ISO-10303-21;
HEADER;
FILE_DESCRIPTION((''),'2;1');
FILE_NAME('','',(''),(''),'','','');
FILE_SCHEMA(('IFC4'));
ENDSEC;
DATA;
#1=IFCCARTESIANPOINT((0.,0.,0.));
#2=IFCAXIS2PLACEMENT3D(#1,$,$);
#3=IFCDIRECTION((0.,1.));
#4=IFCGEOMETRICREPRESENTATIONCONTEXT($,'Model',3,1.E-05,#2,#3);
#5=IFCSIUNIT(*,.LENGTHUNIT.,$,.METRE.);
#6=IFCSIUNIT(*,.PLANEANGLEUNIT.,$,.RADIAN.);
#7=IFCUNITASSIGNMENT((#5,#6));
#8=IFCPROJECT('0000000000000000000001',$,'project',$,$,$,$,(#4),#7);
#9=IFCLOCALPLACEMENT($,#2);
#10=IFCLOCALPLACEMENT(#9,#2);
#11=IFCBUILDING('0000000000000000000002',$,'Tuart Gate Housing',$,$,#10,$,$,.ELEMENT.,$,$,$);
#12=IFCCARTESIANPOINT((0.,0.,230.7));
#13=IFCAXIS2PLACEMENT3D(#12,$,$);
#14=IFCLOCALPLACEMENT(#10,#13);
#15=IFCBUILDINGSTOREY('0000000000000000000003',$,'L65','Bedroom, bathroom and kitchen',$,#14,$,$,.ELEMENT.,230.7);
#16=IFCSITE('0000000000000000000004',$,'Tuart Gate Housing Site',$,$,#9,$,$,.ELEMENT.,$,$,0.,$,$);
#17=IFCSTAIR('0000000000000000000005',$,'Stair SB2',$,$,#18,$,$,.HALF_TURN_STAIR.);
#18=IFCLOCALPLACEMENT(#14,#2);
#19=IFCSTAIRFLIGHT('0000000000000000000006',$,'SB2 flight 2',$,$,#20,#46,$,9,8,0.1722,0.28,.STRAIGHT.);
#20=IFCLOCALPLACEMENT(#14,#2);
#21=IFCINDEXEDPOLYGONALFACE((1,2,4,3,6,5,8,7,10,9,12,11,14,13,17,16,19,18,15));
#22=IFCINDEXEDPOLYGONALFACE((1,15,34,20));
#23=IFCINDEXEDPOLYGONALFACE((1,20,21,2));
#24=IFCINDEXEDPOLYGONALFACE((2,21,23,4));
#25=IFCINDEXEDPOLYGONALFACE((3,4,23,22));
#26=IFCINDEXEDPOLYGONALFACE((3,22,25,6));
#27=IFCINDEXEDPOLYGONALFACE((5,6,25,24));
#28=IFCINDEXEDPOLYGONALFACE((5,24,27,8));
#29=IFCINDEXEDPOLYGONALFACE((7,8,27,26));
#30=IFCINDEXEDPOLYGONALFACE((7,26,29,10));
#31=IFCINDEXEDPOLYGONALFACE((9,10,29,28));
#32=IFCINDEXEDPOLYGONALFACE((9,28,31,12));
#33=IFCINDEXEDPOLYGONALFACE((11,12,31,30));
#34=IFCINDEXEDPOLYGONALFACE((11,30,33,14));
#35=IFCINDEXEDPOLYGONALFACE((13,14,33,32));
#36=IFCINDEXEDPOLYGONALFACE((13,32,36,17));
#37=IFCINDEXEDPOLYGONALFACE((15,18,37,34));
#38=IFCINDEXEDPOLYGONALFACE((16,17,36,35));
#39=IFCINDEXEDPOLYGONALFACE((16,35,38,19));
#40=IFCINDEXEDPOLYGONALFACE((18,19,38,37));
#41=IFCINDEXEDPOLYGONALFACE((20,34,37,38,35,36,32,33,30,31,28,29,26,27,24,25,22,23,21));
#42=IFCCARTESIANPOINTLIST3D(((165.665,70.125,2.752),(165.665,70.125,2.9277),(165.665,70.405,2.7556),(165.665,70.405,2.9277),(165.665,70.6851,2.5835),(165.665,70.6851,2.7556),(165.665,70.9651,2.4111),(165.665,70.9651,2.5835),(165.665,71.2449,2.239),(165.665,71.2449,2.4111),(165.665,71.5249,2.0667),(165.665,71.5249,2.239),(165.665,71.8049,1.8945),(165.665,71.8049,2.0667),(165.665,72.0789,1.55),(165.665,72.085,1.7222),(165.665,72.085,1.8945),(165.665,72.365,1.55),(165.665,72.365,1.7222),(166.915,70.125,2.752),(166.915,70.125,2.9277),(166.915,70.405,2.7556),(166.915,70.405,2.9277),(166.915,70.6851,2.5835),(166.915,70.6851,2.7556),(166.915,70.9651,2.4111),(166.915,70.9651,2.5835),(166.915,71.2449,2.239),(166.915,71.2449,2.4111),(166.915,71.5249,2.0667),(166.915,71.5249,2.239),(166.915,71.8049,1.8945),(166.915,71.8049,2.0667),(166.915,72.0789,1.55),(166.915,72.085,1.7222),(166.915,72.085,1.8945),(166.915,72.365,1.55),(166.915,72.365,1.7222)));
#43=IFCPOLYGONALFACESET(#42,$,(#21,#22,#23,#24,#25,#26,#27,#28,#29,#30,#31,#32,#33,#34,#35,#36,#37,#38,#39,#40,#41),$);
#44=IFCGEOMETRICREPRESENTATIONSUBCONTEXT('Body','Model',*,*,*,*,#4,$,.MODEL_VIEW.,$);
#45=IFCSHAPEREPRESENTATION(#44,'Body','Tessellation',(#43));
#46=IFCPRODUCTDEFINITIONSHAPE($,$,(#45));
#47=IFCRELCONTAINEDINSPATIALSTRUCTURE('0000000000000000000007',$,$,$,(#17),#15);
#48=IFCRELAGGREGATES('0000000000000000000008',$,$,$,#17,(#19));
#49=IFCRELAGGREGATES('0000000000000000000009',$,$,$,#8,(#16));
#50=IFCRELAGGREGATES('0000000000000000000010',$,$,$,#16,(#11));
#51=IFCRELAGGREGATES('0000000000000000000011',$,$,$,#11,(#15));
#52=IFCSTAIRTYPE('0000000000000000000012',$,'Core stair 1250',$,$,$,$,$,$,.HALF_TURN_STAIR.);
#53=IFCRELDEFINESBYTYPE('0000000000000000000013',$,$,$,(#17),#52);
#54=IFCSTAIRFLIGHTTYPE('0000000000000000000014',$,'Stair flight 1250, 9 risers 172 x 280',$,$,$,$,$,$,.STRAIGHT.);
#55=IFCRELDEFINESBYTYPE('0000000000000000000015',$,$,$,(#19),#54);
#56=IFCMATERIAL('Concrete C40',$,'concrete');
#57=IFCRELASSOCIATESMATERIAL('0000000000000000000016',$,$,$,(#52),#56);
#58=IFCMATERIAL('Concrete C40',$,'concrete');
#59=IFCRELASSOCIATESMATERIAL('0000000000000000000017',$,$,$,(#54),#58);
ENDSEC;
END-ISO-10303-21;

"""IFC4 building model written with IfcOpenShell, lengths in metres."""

from ifc_helpers import new_model, si_unit, direction, frame, origin, place, context, subcontext, project, spatial, polyline, outline, extrude, material, type_object, element, aggregate, save


model = new_model("IFC4")

# Units and contexts
model_context = context("Model", 3, precision=1e-05, world=origin(), true_north=direction((0.0, 1.0)))
body_context = subcontext(model_context, "Body", "Model", "MODEL_VIEW")
ifc_project = project(units=[si_unit("LENGTHUNIT", "METRE"), si_unit("PLANEANGLEUNIT", "RADIAN")], contexts=[model_context])

# Site, building, storey
site_placement = place(None, origin())
site = spatial("IfcSite", under=ifc_project, at=site_placement, Name="Tuart Gate Housing Site", CompositionType="ELEMENT", RefElevation=0.0)
building_placement = place(site_placement, origin())
building = spatial("IfcBuilding", under=site, at=building_placement, Name="Tuart Gate Housing", CompositionType="ELEMENT")
storey_placement = place(building_placement, frame((0.0, 0.0, 230.7)))
storey = spatial("IfcBuildingStorey", under=building, at=storey_placement, Name="L65", Description="Bedroom, bathroom and kitchen", CompositionType="ELEMENT", Elevation=230.7)

# Stair, stair flight
ifc_material_1 = material(Name="Concrete C40", Category="concrete")
stair_type = type_object("IfcStairType", Name="Core stair 1250", PredefinedType="HALF_TURN_STAIR", material=ifc_material_1)
stair_placement = place(storey_placement, origin())
stair = element("IfcStair", 1, at=stair_placement, inside=storey, type_object=stair_type, Name="Stair SB2", PredefinedType="HALF_TURN_STAIR")
ifc_material_2 = material(Name="Concrete C40", Category="concrete")
stair_flight_type = type_object("IfcStairFlightType", Name="Stair flight 1250, 9 risers 172 x 280", PredefinedType="STRAIGHT", material=ifc_material_2)
stair_flight_placement = place(storey_placement, frame((166.29, 72.365, 1.55), z_axis=(0.0, 0.0, 1.0), x_axis=(0.0, -1.0, 0.0)))
stair_flight = element("IfcStairFlight", 2, at=stair_flight_placement, type_object=stair_flight_type, Name="SB2 flight 2", NumberOfRisers=9, NumberOfTreads=8, PredefinedType="STRAIGHT", RiserHeight=0.1722, TreadLength=0.28, context=body_context, shape_type="SweptSolid", body=[
    extrude(outline(polyline([(0.0, 0.0), (0.0, 0.1721), (0.28, 0.1721), (0.28, 0.3445), (0.5601, 0.3445), (0.5601, 0.5166), (0.8401, 0.5166), (0.8401, 0.689), (1.1201, 0.689), (1.1201, 0.8611), (1.3999, 0.8611), (1.3999, 1.0334), (1.6799, 1.0334), (1.6799, 1.2056), (1.96, 1.2056), (1.96, 1.3777), (2.24, 1.3777), (2.24, 1.55), (2.24, 1.2019), (0.2861, 0.0), (0.0, 0.0)])), frame((0.0, 0.625, 0.0), z_axis=(0.0, -1.0, 0.0), x_axis=(1.0, 0.0, 0.0)), (0.0, 0.0, 1.0), 1.25),
])
aggregate(stair, [stair_flight])

save(model, "model.ifc")
